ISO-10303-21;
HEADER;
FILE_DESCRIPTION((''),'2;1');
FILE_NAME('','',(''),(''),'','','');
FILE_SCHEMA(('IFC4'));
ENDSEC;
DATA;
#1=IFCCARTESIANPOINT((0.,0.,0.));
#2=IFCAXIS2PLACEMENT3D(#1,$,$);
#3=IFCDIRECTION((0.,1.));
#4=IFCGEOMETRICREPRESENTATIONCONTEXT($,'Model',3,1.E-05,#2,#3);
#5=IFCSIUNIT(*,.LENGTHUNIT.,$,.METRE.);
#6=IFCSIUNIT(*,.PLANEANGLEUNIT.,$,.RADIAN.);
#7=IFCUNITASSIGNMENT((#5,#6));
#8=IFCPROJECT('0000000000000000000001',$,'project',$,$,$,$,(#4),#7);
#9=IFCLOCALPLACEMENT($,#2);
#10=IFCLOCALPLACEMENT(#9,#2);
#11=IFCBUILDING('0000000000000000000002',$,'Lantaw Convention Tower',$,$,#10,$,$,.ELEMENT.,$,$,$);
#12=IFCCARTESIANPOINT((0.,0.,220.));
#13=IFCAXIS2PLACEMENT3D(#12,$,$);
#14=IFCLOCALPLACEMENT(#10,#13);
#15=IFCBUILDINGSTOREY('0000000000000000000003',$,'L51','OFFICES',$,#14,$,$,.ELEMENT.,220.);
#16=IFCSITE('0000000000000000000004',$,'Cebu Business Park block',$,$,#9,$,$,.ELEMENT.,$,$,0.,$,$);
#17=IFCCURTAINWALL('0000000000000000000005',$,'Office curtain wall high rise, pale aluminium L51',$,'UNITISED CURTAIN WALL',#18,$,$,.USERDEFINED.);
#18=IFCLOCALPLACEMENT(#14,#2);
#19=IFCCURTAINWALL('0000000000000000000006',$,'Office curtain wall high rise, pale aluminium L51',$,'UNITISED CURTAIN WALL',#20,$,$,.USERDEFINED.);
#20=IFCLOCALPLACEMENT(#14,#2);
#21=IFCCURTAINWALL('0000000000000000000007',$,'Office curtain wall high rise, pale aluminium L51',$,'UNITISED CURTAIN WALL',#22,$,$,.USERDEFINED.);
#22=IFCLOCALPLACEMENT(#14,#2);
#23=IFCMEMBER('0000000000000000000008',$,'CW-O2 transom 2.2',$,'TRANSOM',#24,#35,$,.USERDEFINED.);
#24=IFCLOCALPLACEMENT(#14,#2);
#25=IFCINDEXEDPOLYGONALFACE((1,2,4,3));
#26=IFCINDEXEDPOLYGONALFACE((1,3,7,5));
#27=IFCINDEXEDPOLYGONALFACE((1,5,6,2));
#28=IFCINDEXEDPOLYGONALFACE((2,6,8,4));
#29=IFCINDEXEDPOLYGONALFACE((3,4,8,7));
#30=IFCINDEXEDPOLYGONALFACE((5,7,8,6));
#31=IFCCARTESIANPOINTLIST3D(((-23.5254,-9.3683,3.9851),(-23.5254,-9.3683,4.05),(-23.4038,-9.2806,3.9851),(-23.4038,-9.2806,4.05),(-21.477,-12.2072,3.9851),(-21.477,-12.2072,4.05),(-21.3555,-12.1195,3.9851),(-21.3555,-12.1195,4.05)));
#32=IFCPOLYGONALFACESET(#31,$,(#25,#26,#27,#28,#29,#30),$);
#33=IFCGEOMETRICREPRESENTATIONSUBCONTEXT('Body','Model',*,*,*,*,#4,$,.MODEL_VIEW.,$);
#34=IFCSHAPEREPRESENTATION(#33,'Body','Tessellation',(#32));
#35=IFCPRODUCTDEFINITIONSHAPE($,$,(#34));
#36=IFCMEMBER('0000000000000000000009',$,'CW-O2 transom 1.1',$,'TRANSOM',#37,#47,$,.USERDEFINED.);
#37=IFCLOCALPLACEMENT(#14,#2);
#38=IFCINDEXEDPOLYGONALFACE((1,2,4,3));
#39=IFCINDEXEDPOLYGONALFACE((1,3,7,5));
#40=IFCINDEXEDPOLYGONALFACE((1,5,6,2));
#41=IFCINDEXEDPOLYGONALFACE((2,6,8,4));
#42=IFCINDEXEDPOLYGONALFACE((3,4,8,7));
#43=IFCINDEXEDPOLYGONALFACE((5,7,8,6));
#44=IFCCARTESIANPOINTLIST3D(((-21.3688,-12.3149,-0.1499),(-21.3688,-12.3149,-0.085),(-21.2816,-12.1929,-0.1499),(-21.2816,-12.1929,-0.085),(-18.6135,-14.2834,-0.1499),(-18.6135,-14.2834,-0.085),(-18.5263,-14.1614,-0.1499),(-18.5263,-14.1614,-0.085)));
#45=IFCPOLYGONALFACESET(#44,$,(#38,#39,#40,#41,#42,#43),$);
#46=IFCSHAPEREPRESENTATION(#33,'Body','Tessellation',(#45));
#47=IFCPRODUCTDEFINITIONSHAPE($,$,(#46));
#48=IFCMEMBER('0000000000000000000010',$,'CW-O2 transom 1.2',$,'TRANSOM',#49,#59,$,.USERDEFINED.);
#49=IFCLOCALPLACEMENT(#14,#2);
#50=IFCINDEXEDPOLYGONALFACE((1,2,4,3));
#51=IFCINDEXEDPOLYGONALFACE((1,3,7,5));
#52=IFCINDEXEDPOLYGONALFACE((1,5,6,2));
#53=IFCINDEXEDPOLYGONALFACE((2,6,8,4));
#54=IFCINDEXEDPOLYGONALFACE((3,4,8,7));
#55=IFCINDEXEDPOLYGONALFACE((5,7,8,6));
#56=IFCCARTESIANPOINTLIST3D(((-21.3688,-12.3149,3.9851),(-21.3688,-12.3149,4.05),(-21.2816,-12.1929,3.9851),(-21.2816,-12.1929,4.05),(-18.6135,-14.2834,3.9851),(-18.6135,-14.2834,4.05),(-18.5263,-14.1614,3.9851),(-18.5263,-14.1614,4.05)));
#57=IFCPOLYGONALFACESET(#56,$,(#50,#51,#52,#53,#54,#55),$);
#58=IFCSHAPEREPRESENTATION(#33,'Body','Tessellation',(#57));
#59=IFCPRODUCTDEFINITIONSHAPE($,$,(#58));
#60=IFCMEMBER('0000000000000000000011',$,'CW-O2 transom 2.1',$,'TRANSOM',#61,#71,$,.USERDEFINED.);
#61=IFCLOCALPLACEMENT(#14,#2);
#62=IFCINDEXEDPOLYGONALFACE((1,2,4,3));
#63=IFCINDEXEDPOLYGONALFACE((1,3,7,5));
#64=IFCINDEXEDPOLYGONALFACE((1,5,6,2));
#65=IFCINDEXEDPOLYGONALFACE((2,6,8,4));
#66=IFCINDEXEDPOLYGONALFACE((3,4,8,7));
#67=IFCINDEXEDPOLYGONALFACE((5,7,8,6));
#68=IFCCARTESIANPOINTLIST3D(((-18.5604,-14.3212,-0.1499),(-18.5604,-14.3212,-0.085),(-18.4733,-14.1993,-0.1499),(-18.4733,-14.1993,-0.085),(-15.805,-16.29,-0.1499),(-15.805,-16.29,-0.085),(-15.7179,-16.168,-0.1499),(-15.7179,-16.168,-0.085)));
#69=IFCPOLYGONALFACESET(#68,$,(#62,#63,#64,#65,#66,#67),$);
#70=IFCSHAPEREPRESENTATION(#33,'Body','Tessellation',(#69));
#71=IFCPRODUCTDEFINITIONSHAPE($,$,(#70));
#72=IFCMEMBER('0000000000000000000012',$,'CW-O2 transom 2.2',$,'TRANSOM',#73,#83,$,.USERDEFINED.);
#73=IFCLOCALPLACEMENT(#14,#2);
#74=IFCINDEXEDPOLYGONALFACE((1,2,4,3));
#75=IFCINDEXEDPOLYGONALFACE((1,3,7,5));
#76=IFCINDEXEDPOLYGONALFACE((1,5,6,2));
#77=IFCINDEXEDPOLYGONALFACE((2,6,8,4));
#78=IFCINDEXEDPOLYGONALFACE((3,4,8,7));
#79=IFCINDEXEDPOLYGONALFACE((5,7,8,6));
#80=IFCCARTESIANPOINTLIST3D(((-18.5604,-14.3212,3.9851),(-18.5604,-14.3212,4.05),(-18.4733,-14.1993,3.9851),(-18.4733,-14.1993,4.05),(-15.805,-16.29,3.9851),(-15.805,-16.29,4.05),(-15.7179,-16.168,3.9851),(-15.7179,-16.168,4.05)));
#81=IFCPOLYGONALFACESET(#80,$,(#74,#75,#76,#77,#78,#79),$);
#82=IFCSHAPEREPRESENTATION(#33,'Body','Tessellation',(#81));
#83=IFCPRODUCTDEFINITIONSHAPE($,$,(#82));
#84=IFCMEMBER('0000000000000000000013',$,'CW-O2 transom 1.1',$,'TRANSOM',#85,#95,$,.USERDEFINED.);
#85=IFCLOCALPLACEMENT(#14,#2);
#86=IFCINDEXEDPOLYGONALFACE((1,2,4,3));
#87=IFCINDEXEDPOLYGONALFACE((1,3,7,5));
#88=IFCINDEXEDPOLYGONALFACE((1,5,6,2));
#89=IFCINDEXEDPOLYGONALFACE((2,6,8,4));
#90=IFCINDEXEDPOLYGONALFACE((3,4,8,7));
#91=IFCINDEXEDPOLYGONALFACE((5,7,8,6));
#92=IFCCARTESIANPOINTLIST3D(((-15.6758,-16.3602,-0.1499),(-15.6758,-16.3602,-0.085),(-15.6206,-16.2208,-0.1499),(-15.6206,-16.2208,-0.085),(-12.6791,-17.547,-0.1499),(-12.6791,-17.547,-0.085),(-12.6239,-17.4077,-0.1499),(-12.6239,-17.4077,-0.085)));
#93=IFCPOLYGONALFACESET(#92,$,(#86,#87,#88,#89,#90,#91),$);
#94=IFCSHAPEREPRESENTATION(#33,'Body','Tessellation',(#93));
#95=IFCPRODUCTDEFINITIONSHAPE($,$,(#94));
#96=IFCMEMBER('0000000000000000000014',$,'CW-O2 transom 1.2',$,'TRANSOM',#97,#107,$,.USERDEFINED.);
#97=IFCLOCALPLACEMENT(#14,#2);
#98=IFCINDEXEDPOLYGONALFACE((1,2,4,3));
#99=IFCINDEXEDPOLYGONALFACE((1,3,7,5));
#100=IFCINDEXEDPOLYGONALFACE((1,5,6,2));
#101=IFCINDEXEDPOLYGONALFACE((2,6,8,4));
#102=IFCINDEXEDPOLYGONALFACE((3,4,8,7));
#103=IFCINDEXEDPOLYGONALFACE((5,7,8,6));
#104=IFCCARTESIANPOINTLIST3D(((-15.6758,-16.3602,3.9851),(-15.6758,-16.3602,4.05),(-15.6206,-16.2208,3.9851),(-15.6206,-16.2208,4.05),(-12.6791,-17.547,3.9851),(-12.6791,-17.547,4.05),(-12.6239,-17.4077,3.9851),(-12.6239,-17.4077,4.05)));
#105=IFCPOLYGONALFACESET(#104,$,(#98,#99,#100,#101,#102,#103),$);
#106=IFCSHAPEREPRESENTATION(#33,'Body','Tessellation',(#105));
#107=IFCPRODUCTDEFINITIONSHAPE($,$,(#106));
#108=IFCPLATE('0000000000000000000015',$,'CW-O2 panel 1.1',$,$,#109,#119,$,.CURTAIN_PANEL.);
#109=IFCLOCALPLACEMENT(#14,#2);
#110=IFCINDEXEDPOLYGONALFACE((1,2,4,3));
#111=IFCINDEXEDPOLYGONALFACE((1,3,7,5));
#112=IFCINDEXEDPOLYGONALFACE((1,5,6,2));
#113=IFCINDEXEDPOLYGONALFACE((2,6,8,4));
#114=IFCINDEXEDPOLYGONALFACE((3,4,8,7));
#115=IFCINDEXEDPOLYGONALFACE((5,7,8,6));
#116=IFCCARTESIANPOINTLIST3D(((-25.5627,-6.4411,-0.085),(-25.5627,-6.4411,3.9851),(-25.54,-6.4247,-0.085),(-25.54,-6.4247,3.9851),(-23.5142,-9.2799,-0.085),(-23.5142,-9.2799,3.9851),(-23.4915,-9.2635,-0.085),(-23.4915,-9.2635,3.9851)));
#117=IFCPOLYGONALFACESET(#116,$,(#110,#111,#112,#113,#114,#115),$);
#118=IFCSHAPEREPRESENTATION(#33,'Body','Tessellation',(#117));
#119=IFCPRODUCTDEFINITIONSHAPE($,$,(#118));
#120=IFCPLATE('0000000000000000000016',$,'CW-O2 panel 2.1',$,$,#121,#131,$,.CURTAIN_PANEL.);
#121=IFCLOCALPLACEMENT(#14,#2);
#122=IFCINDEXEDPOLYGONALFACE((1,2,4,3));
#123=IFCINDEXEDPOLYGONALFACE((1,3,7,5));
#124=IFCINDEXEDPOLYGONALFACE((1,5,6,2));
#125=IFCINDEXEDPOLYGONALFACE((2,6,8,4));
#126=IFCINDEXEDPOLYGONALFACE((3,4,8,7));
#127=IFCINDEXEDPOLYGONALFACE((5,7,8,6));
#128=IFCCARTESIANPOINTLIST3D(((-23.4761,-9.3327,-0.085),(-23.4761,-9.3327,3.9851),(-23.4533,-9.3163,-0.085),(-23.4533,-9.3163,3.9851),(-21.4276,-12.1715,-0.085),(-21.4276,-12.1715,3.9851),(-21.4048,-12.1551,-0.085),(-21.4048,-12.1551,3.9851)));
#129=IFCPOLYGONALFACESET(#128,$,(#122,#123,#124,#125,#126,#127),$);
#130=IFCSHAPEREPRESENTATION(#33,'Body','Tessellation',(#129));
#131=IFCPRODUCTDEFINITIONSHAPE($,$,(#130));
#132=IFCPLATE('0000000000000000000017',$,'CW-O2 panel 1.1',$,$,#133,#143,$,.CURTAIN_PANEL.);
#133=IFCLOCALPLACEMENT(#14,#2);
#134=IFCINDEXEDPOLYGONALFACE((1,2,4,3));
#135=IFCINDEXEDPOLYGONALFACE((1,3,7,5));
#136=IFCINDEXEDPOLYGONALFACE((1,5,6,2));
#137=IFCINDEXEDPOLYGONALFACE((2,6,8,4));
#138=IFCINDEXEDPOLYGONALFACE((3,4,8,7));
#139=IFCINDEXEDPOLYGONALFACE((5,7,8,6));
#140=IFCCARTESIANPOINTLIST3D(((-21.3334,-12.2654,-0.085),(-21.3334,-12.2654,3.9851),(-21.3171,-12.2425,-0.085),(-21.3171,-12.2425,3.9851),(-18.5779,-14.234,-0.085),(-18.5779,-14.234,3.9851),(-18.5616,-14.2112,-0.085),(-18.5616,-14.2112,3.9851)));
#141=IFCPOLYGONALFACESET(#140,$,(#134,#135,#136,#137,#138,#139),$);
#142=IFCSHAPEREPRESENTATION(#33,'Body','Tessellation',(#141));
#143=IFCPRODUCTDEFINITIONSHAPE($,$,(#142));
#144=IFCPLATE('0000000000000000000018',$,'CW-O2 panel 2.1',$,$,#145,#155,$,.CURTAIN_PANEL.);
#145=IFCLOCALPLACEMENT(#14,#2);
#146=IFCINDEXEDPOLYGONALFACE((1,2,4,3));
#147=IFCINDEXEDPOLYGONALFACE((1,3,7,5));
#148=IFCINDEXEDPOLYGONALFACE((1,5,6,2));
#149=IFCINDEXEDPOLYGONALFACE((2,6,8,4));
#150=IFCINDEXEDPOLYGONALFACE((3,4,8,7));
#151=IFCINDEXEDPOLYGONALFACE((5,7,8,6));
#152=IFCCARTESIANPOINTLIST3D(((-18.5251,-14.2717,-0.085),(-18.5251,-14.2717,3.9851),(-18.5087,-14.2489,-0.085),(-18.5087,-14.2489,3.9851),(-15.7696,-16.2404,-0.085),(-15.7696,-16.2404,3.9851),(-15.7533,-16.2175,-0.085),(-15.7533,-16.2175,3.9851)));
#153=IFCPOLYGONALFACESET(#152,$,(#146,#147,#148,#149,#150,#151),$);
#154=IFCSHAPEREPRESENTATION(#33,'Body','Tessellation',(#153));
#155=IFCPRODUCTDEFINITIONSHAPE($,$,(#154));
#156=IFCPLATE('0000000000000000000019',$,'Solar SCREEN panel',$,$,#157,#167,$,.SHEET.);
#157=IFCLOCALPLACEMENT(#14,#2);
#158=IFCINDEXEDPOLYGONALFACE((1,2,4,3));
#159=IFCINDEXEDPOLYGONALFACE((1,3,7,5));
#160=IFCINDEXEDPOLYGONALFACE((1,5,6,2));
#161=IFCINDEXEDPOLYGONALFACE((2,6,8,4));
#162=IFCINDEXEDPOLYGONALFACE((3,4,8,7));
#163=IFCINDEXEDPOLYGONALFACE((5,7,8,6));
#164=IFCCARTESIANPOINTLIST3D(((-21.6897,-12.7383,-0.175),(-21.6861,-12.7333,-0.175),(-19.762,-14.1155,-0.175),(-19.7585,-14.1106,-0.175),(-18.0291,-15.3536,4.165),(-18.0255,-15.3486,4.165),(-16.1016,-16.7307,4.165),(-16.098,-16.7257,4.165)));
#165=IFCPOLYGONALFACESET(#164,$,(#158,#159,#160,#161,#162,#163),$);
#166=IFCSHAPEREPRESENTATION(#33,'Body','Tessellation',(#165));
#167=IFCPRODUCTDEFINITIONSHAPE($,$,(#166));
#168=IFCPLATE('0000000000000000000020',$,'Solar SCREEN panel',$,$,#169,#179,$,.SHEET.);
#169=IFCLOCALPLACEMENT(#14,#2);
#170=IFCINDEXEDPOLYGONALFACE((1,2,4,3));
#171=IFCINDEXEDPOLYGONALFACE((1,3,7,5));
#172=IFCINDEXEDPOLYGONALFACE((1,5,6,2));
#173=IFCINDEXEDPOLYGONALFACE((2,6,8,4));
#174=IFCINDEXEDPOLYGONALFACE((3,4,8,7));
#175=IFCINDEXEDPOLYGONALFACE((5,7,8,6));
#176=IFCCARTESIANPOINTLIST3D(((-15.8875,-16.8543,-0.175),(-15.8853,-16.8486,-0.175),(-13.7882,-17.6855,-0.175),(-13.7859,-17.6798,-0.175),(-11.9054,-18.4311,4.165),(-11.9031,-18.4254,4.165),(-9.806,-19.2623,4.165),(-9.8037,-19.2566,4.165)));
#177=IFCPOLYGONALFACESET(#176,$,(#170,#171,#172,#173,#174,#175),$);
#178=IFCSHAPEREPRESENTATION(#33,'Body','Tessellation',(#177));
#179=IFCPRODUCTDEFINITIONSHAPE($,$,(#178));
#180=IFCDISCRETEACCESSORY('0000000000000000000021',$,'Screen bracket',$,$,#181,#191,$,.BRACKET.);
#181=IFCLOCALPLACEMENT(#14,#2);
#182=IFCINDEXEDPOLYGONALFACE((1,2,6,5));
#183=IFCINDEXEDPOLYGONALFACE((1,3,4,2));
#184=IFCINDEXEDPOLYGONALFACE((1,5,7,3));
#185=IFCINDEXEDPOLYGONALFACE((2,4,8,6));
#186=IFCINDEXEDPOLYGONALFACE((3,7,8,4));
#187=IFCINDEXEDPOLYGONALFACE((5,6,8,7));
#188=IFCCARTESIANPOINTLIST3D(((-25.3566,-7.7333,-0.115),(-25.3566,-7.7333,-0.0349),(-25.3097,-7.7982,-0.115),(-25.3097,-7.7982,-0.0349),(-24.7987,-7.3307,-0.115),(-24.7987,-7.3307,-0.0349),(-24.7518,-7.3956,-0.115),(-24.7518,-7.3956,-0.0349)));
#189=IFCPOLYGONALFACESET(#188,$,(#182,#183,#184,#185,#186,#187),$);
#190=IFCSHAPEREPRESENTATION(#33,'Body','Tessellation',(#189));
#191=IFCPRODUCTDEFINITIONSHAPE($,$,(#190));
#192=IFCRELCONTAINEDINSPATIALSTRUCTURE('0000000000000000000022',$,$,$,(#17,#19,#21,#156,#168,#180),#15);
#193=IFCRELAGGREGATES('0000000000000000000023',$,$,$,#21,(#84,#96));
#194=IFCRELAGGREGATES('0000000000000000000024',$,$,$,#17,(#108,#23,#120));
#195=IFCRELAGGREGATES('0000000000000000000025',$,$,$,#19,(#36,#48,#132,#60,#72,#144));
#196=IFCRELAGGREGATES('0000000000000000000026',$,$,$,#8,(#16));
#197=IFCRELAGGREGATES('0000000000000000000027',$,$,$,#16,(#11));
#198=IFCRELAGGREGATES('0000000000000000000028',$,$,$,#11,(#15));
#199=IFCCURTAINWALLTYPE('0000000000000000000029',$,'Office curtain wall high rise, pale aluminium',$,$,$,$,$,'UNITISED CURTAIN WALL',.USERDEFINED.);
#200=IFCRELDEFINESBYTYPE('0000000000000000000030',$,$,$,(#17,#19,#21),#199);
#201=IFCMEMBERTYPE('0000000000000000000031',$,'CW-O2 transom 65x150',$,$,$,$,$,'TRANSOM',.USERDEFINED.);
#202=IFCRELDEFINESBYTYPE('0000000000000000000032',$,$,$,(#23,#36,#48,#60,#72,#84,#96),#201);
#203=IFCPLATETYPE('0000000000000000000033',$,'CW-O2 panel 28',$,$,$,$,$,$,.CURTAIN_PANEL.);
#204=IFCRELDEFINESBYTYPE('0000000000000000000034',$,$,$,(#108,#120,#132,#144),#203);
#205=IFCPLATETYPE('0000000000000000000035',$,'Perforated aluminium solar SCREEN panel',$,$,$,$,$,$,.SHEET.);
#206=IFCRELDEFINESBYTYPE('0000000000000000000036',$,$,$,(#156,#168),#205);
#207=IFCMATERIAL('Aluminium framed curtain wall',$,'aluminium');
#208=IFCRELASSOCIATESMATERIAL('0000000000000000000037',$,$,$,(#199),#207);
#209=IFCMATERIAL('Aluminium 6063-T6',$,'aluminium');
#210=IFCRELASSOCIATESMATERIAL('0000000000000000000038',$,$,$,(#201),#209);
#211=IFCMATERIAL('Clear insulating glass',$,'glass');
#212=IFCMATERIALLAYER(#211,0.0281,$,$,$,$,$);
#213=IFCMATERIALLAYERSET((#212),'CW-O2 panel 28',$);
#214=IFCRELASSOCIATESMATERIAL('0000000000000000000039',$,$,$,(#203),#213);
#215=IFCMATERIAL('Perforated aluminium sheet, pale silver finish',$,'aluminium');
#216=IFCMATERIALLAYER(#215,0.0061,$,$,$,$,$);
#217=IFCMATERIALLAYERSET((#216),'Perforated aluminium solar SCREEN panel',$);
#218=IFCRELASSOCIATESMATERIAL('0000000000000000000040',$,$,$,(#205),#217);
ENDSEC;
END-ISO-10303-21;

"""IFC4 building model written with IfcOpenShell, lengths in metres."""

from ifc_helpers import new_model, si_unit, direction, frame, origin, origin_2d, place, context, subcontext, project, spatial, polyline, rectangle, outline, extrude, material, layer, layer_set, material_profile, profile_set, type_object, element, aggregate, save


model = new_model("IFC4")

# Units and contexts
model_context = context("Model", 3, precision=1e-05, world=origin(), true_north=direction((0.0, 1.0)))
body_context = subcontext(model_context, "Body", "Model", "MODEL_VIEW")
ifc_project = project(units=[si_unit("LENGTHUNIT", "METRE"), si_unit("PLANEANGLEUNIT", "RADIAN")], contexts=[model_context])

# Site, building, storey
site_placement = place(None, origin())
site = spatial("IfcSite", under=ifc_project, at=site_placement, Name="Cebu Business Park block", CompositionType="ELEMENT", RefElevation=0.0)
building_placement = place(site_placement, origin())
building = spatial("IfcBuilding", under=site, at=building_placement, Name="Lantaw Convention Tower", CompositionType="ELEMENT")
storey_placement = place(building_placement, frame((0.0, 0.0, 220.0)))
storey = spatial("IfcBuildingStorey", under=building, at=storey_placement, Name="L51", Description="OFFICES", CompositionType="ELEMENT", Elevation=220.0)

# Curtain walls
ifc_material_1 = material(Name="Aluminium framed curtain wall", Category="aluminium")
curtain_wall_type = type_object("IfcCurtainWallType", Name="Office curtain wall high rise, pale aluminium", ElementType="UNITISED CURTAIN WALL", PredefinedType="USERDEFINED", material=ifc_material_1)
curtain_wall_1_placement = place(storey_placement, origin())
curtain_wall_1 = element("IfcCurtainWall", 1, at=curtain_wall_1_placement, inside=storey, type_object=curtain_wall_type, Name="Office curtain wall high rise, pale aluminium L51", ObjectType="UNITISED CURTAIN WALL", PredefinedType="USERDEFINED")
ifc_material_2 = material(Name="Aluminium 6063-T6", Category="aluminium")
curtain_wall_2_placement = place(storey_placement, origin())
curtain_wall_2 = element("IfcCurtainWall", 2, at=curtain_wall_2_placement, inside=storey, type_object=curtain_wall_type, Name="Office curtain wall high rise, pale aluminium L51", ObjectType="UNITISED CURTAIN WALL", PredefinedType="USERDEFINED")

# Curtain wall
curtain_wall_3_placement = place(storey_placement, origin())
curtain_wall_3 = element("IfcCurtainWall", 3, at=curtain_wall_3_placement, inside=storey, type_object=curtain_wall_type, Name="Office curtain wall high rise, pale aluminium L51", ObjectType="UNITISED CURTAIN WALL", PredefinedType="USERDEFINED")

# Members
ifc_material_profile_1 = material_profile(ifc_material_2, rectangle(XDim=0.1499, YDim=0.0649, at=origin_2d()), Name="CW-O2 transom 65x150")
ifc_profile_set_1 = profile_set([ifc_material_profile_1], Name="Aluminium 6063-T6")
member_type_1 = type_object("IfcMemberType", Name="CW-O2 transom 65x150", ElementType="TRANSOM", PredefinedType="USERDEFINED", material=ifc_profile_set_1)
member_1_placement = place(storey_placement, frame((-23.4646, -9.3245, 4.0176), z_axis=(0.585124, -0.810944, 0.0), x_axis=(0.810944, 0.585124, 0.0)))
member_1 = element("IfcMember", 4, at=member_1_placement, type_object=member_type_1, Name="CW-O2 transom 2.2", ObjectType="TRANSOM", PredefinedType="USERDEFINED", context=body_context, shape_type="SweptSolid", body=[
    extrude(rectangle(XDim=0.1499, YDim=0.0649, at=origin_2d()), origin(), (0.0, 0.0, 1.0), 3.5007),
])
member_2_placement = place(storey_placement, frame((-21.3252, -12.2539, -0.1174), z_axis=(0.81368, -0.581313, 0.0), x_axis=(0.581313, 0.81368, 0.0)))
member_2 = element("IfcMember", 5, at=member_2_placement, type_object=member_type_1, Name="CW-O2 transom 1.1", ObjectType="TRANSOM", PredefinedType="USERDEFINED", context=body_context, shape_type="SweptSolid", body=[
    extrude(rectangle(XDim=0.1499, YDim=0.0649, at=origin_2d()), origin(), (0.0, 0.0, 1.0), 3.3862),
])
member_3_placement = place(storey_placement, frame((-21.3252, -12.2539, 4.0176), z_axis=(0.81368, -0.581313, 0.0), x_axis=(0.581313, 0.81368, 0.0)))
member_3 = element("IfcMember", 6, at=member_3_placement, type_object=member_type_1, Name="CW-O2 transom 1.2", ObjectType="TRANSOM", PredefinedType="USERDEFINED", context=body_context, shape_type="SweptSolid", body=[
    extrude(rectangle(XDim=0.1499, YDim=0.0649, at=origin_2d()), origin(), (0.0, 0.0, 1.0), 3.3862),
])
member_4_placement = place(storey_placement, frame((-18.5168, -14.2603, -0.1174), z_axis=(0.813646, -0.581361, 0.0), x_axis=(0.581361, 0.813646, 0.0)))
member_4 = element("IfcMember", 7, at=member_4_placement, type_object=member_type_1, Name="CW-O2 transom 2.1", ObjectType="TRANSOM", PredefinedType="USERDEFINED", context=body_context, shape_type="SweptSolid", body=[
    extrude(rectangle(XDim=0.1499, YDim=0.0649, at=origin_2d()), origin(), (0.0, 0.0, 1.0), 3.3865),
])
member_5_placement = place(storey_placement, frame((-18.5168, -14.2603, 4.0176), z_axis=(0.813646, -0.581361, 0.0), x_axis=(0.581361, 0.813646, 0.0)))
member_5 = element("IfcMember", 8, at=member_5_placement, type_object=member_type_1, Name="CW-O2 transom 2.2", ObjectType="TRANSOM", PredefinedType="USERDEFINED", context=body_context, shape_type="SweptSolid", body=[
    extrude(rectangle(XDim=0.1499, YDim=0.0649, at=origin_2d()), origin(), (0.0, 0.0, 1.0), 3.3865),
])
member_6_placement = place(storey_placement, frame((-15.6482, -16.2905, -0.1174), z_axis=(0.929741, -0.368215, 0.0), x_axis=(0.368215, 0.929741, 0.0)))
member_6 = element("IfcMember", 9, at=member_6_placement, type_object=member_type_1, Name="CW-O2 transom 1.1", ObjectType="TRANSOM", PredefinedType="USERDEFINED", context=body_context, shape_type="SweptSolid", body=[
    extrude(rectangle(XDim=0.1499, YDim=0.0649, at=origin_2d()), origin(), (0.0, 0.0, 1.0), 3.2231),
])
member_7_placement = place(storey_placement, frame((-15.6482, -16.2905, 4.0176), z_axis=(0.929741, -0.368215, 0.0), x_axis=(0.368215, 0.929741, 0.0)))
member_7 = element("IfcMember", 10, at=member_7_placement, type_object=member_type_1, Name="CW-O2 transom 1.2", ObjectType="TRANSOM", PredefinedType="USERDEFINED", context=body_context, shape_type="SweptSolid", body=[
    extrude(rectangle(XDim=0.1499, YDim=0.0649, at=origin_2d()), origin(), (0.0, 0.0, 1.0), 3.2231),
])
aggregate(curtain_wall_3, [member_6, member_7])

# Plates
ifc_material_3 = material(Name="Clear insulating glass", Category="glass")
ifc_layer_1 = layer(ifc_material_3, 0.0281)
ifc_layer_set_1 = layer_set([ifc_layer_1], Name="CW-O2 panel 28")
plate_type_1 = type_object("IfcPlateType", Name="CW-O2 panel 28", PredefinedType="CURTAIN_PANEL", material=ifc_layer_set_1)
plate_1_placement = place(storey_placement, frame((-24.5271, -7.8523, -0.085), z_axis=(0.0, 0.0, 1.0), x_axis=(0.585158, -0.81092, 0.0)))
plate_1 = element("IfcPlate", 11, at=plate_1_placement, type_object=plate_type_1, Name="CW-O2 panel 1.1", PredefinedType="CURTAIN_PANEL", context=body_context, shape_type="SweptSolid", body=[
    extrude(rectangle(XDim=3.5007, YDim=0.0281, at=origin_2d()), origin(), (0.0, 0.0, 1.0), 4.0701),
])
plate_2_placement = place(storey_placement, frame((-22.4404, -10.7439, -0.085), z_axis=(0.0, 0.0, 1.0), x_axis=(0.585158, -0.81092, 0.0)))
plate_2 = element("IfcPlate", 12, at=plate_2_placement, type_object=plate_type_1, Name="CW-O2 panel 2.1", PredefinedType="CURTAIN_PANEL", context=body_context, shape_type="SweptSolid", body=[
    extrude(rectangle(XDim=3.5007, YDim=0.0281, at=origin_2d()), origin(), (0.0, 0.0, 1.0), 4.0701),
])
aggregate(curtain_wall_1, [plate_1, member_1, plate_2])
plate_3_placement = place(storey_placement, frame((-19.9475, -13.2383, -0.085), z_axis=(0.0, 0.0, 1.0), x_axis=(0.813673, -0.581323, 0.0)))
plate_3 = element("IfcPlate", 13, at=plate_3_placement, type_object=plate_type_1, Name="CW-O2 panel 1.1", PredefinedType="CURTAIN_PANEL", context=body_context, shape_type="SweptSolid", body=[
    extrude(rectangle(XDim=3.3865, YDim=0.0281, at=origin_2d()), origin(), (0.0, 0.0, 1.0), 4.0701),
])
plate_4_placement = place(storey_placement, frame((-17.1392, -15.2446, -0.085), z_axis=(0.0, 0.0, 1.0), x_axis=(0.813673, -0.581323, 0.0)))
plate_4 = element("IfcPlate", 14, at=plate_4_placement, type_object=plate_type_1, Name="CW-O2 panel 2.1", PredefinedType="CURTAIN_PANEL", context=body_context, shape_type="SweptSolid", body=[
    extrude(rectangle(XDim=3.3865, YDim=0.0281, at=origin_2d()), origin(), (0.0, 0.0, 1.0), 4.0701),
])
aggregate(curtain_wall_2, [member_2, member_3, plate_3, member_4, member_5, plate_4])

# Plates
ifc_material_4 = material(Name="Perforated aluminium sheet, pale silver finish", Category="aluminium")
ifc_layer_2 = layer(ifc_material_4, 0.0061)
ifc_layer_set_2 = layer_set([ifc_layer_2], Name="Perforated aluminium solar SCREEN panel")
plate_type_2 = type_object("IfcPlateType", Name="Perforated aluminium solar SCREEN panel", PredefinedType="SHEET", material=ifc_layer_set_2)
plate_5_placement = place(storey_placement, frame((-21.6897, -12.7383, -0.175), z_axis=(-0.581331, -0.813667, 0.00001), x_axis=(0.813667, -0.581331, 0.0)))
element("IfcPlate", 15, at=plate_5_placement, inside=storey, type_object=plate_type_2, Name="Solar SCREEN panel", PredefinedType="SHEET", context=body_context, shape_type="SweptSolid", body=[
    extrude(outline(polyline([(0.0, 0.0), (2.3691, 0.0), (6.8678, 4.3401), (4.4989, 4.3401), (0.0, 0.0)])), origin(), (0.0, 0.0, -1.0), 0.0061),
])
plate_6_placement = place(storey_placement, frame((-15.8853, -16.8486, -0.175), z_axis=(0.368117, 0.92978, 0.000036), x_axis=(0.92978, -0.368117, 0.0)))
element("IfcPlate", 16, at=plate_6_placement, inside=storey, type_object=plate_type_2, Name="Solar SCREEN panel", PredefinedType="SHEET", context=body_context, shape_type="SweptSolid", body=[
    extrude(outline(polyline([(0.0, 0.0), (2.2579, 0.0), (6.5409, -4.3401), (4.2829, -4.3401), (0.0, 0.0)])), origin(), (0.0, 0.0, -1.0), 0.0061),
])

# Discrete accessory
for number, where, z_axis, x_axis, name in (
    (17, (-25.0542, -7.5645, -0.115), (0.0, 0.0, 1.0), (0.585158, -0.81092, 0.0), "Screen bracket"),
):
    element("IfcDiscreteAccessory", number, at=place(storey_placement, frame(where, z_axis=z_axis, x_axis=x_axis)), inside=storey, Name=name, PredefinedType="BRACKET", context=body_context, shape_type="SweptSolid", body=[
        extrude(rectangle(XDim=0.0801, YDim=0.688, at=origin_2d()), origin(), (0.0, 0.0, 1.0), 0.0801),
    ])

save(model, "model.ifc")
